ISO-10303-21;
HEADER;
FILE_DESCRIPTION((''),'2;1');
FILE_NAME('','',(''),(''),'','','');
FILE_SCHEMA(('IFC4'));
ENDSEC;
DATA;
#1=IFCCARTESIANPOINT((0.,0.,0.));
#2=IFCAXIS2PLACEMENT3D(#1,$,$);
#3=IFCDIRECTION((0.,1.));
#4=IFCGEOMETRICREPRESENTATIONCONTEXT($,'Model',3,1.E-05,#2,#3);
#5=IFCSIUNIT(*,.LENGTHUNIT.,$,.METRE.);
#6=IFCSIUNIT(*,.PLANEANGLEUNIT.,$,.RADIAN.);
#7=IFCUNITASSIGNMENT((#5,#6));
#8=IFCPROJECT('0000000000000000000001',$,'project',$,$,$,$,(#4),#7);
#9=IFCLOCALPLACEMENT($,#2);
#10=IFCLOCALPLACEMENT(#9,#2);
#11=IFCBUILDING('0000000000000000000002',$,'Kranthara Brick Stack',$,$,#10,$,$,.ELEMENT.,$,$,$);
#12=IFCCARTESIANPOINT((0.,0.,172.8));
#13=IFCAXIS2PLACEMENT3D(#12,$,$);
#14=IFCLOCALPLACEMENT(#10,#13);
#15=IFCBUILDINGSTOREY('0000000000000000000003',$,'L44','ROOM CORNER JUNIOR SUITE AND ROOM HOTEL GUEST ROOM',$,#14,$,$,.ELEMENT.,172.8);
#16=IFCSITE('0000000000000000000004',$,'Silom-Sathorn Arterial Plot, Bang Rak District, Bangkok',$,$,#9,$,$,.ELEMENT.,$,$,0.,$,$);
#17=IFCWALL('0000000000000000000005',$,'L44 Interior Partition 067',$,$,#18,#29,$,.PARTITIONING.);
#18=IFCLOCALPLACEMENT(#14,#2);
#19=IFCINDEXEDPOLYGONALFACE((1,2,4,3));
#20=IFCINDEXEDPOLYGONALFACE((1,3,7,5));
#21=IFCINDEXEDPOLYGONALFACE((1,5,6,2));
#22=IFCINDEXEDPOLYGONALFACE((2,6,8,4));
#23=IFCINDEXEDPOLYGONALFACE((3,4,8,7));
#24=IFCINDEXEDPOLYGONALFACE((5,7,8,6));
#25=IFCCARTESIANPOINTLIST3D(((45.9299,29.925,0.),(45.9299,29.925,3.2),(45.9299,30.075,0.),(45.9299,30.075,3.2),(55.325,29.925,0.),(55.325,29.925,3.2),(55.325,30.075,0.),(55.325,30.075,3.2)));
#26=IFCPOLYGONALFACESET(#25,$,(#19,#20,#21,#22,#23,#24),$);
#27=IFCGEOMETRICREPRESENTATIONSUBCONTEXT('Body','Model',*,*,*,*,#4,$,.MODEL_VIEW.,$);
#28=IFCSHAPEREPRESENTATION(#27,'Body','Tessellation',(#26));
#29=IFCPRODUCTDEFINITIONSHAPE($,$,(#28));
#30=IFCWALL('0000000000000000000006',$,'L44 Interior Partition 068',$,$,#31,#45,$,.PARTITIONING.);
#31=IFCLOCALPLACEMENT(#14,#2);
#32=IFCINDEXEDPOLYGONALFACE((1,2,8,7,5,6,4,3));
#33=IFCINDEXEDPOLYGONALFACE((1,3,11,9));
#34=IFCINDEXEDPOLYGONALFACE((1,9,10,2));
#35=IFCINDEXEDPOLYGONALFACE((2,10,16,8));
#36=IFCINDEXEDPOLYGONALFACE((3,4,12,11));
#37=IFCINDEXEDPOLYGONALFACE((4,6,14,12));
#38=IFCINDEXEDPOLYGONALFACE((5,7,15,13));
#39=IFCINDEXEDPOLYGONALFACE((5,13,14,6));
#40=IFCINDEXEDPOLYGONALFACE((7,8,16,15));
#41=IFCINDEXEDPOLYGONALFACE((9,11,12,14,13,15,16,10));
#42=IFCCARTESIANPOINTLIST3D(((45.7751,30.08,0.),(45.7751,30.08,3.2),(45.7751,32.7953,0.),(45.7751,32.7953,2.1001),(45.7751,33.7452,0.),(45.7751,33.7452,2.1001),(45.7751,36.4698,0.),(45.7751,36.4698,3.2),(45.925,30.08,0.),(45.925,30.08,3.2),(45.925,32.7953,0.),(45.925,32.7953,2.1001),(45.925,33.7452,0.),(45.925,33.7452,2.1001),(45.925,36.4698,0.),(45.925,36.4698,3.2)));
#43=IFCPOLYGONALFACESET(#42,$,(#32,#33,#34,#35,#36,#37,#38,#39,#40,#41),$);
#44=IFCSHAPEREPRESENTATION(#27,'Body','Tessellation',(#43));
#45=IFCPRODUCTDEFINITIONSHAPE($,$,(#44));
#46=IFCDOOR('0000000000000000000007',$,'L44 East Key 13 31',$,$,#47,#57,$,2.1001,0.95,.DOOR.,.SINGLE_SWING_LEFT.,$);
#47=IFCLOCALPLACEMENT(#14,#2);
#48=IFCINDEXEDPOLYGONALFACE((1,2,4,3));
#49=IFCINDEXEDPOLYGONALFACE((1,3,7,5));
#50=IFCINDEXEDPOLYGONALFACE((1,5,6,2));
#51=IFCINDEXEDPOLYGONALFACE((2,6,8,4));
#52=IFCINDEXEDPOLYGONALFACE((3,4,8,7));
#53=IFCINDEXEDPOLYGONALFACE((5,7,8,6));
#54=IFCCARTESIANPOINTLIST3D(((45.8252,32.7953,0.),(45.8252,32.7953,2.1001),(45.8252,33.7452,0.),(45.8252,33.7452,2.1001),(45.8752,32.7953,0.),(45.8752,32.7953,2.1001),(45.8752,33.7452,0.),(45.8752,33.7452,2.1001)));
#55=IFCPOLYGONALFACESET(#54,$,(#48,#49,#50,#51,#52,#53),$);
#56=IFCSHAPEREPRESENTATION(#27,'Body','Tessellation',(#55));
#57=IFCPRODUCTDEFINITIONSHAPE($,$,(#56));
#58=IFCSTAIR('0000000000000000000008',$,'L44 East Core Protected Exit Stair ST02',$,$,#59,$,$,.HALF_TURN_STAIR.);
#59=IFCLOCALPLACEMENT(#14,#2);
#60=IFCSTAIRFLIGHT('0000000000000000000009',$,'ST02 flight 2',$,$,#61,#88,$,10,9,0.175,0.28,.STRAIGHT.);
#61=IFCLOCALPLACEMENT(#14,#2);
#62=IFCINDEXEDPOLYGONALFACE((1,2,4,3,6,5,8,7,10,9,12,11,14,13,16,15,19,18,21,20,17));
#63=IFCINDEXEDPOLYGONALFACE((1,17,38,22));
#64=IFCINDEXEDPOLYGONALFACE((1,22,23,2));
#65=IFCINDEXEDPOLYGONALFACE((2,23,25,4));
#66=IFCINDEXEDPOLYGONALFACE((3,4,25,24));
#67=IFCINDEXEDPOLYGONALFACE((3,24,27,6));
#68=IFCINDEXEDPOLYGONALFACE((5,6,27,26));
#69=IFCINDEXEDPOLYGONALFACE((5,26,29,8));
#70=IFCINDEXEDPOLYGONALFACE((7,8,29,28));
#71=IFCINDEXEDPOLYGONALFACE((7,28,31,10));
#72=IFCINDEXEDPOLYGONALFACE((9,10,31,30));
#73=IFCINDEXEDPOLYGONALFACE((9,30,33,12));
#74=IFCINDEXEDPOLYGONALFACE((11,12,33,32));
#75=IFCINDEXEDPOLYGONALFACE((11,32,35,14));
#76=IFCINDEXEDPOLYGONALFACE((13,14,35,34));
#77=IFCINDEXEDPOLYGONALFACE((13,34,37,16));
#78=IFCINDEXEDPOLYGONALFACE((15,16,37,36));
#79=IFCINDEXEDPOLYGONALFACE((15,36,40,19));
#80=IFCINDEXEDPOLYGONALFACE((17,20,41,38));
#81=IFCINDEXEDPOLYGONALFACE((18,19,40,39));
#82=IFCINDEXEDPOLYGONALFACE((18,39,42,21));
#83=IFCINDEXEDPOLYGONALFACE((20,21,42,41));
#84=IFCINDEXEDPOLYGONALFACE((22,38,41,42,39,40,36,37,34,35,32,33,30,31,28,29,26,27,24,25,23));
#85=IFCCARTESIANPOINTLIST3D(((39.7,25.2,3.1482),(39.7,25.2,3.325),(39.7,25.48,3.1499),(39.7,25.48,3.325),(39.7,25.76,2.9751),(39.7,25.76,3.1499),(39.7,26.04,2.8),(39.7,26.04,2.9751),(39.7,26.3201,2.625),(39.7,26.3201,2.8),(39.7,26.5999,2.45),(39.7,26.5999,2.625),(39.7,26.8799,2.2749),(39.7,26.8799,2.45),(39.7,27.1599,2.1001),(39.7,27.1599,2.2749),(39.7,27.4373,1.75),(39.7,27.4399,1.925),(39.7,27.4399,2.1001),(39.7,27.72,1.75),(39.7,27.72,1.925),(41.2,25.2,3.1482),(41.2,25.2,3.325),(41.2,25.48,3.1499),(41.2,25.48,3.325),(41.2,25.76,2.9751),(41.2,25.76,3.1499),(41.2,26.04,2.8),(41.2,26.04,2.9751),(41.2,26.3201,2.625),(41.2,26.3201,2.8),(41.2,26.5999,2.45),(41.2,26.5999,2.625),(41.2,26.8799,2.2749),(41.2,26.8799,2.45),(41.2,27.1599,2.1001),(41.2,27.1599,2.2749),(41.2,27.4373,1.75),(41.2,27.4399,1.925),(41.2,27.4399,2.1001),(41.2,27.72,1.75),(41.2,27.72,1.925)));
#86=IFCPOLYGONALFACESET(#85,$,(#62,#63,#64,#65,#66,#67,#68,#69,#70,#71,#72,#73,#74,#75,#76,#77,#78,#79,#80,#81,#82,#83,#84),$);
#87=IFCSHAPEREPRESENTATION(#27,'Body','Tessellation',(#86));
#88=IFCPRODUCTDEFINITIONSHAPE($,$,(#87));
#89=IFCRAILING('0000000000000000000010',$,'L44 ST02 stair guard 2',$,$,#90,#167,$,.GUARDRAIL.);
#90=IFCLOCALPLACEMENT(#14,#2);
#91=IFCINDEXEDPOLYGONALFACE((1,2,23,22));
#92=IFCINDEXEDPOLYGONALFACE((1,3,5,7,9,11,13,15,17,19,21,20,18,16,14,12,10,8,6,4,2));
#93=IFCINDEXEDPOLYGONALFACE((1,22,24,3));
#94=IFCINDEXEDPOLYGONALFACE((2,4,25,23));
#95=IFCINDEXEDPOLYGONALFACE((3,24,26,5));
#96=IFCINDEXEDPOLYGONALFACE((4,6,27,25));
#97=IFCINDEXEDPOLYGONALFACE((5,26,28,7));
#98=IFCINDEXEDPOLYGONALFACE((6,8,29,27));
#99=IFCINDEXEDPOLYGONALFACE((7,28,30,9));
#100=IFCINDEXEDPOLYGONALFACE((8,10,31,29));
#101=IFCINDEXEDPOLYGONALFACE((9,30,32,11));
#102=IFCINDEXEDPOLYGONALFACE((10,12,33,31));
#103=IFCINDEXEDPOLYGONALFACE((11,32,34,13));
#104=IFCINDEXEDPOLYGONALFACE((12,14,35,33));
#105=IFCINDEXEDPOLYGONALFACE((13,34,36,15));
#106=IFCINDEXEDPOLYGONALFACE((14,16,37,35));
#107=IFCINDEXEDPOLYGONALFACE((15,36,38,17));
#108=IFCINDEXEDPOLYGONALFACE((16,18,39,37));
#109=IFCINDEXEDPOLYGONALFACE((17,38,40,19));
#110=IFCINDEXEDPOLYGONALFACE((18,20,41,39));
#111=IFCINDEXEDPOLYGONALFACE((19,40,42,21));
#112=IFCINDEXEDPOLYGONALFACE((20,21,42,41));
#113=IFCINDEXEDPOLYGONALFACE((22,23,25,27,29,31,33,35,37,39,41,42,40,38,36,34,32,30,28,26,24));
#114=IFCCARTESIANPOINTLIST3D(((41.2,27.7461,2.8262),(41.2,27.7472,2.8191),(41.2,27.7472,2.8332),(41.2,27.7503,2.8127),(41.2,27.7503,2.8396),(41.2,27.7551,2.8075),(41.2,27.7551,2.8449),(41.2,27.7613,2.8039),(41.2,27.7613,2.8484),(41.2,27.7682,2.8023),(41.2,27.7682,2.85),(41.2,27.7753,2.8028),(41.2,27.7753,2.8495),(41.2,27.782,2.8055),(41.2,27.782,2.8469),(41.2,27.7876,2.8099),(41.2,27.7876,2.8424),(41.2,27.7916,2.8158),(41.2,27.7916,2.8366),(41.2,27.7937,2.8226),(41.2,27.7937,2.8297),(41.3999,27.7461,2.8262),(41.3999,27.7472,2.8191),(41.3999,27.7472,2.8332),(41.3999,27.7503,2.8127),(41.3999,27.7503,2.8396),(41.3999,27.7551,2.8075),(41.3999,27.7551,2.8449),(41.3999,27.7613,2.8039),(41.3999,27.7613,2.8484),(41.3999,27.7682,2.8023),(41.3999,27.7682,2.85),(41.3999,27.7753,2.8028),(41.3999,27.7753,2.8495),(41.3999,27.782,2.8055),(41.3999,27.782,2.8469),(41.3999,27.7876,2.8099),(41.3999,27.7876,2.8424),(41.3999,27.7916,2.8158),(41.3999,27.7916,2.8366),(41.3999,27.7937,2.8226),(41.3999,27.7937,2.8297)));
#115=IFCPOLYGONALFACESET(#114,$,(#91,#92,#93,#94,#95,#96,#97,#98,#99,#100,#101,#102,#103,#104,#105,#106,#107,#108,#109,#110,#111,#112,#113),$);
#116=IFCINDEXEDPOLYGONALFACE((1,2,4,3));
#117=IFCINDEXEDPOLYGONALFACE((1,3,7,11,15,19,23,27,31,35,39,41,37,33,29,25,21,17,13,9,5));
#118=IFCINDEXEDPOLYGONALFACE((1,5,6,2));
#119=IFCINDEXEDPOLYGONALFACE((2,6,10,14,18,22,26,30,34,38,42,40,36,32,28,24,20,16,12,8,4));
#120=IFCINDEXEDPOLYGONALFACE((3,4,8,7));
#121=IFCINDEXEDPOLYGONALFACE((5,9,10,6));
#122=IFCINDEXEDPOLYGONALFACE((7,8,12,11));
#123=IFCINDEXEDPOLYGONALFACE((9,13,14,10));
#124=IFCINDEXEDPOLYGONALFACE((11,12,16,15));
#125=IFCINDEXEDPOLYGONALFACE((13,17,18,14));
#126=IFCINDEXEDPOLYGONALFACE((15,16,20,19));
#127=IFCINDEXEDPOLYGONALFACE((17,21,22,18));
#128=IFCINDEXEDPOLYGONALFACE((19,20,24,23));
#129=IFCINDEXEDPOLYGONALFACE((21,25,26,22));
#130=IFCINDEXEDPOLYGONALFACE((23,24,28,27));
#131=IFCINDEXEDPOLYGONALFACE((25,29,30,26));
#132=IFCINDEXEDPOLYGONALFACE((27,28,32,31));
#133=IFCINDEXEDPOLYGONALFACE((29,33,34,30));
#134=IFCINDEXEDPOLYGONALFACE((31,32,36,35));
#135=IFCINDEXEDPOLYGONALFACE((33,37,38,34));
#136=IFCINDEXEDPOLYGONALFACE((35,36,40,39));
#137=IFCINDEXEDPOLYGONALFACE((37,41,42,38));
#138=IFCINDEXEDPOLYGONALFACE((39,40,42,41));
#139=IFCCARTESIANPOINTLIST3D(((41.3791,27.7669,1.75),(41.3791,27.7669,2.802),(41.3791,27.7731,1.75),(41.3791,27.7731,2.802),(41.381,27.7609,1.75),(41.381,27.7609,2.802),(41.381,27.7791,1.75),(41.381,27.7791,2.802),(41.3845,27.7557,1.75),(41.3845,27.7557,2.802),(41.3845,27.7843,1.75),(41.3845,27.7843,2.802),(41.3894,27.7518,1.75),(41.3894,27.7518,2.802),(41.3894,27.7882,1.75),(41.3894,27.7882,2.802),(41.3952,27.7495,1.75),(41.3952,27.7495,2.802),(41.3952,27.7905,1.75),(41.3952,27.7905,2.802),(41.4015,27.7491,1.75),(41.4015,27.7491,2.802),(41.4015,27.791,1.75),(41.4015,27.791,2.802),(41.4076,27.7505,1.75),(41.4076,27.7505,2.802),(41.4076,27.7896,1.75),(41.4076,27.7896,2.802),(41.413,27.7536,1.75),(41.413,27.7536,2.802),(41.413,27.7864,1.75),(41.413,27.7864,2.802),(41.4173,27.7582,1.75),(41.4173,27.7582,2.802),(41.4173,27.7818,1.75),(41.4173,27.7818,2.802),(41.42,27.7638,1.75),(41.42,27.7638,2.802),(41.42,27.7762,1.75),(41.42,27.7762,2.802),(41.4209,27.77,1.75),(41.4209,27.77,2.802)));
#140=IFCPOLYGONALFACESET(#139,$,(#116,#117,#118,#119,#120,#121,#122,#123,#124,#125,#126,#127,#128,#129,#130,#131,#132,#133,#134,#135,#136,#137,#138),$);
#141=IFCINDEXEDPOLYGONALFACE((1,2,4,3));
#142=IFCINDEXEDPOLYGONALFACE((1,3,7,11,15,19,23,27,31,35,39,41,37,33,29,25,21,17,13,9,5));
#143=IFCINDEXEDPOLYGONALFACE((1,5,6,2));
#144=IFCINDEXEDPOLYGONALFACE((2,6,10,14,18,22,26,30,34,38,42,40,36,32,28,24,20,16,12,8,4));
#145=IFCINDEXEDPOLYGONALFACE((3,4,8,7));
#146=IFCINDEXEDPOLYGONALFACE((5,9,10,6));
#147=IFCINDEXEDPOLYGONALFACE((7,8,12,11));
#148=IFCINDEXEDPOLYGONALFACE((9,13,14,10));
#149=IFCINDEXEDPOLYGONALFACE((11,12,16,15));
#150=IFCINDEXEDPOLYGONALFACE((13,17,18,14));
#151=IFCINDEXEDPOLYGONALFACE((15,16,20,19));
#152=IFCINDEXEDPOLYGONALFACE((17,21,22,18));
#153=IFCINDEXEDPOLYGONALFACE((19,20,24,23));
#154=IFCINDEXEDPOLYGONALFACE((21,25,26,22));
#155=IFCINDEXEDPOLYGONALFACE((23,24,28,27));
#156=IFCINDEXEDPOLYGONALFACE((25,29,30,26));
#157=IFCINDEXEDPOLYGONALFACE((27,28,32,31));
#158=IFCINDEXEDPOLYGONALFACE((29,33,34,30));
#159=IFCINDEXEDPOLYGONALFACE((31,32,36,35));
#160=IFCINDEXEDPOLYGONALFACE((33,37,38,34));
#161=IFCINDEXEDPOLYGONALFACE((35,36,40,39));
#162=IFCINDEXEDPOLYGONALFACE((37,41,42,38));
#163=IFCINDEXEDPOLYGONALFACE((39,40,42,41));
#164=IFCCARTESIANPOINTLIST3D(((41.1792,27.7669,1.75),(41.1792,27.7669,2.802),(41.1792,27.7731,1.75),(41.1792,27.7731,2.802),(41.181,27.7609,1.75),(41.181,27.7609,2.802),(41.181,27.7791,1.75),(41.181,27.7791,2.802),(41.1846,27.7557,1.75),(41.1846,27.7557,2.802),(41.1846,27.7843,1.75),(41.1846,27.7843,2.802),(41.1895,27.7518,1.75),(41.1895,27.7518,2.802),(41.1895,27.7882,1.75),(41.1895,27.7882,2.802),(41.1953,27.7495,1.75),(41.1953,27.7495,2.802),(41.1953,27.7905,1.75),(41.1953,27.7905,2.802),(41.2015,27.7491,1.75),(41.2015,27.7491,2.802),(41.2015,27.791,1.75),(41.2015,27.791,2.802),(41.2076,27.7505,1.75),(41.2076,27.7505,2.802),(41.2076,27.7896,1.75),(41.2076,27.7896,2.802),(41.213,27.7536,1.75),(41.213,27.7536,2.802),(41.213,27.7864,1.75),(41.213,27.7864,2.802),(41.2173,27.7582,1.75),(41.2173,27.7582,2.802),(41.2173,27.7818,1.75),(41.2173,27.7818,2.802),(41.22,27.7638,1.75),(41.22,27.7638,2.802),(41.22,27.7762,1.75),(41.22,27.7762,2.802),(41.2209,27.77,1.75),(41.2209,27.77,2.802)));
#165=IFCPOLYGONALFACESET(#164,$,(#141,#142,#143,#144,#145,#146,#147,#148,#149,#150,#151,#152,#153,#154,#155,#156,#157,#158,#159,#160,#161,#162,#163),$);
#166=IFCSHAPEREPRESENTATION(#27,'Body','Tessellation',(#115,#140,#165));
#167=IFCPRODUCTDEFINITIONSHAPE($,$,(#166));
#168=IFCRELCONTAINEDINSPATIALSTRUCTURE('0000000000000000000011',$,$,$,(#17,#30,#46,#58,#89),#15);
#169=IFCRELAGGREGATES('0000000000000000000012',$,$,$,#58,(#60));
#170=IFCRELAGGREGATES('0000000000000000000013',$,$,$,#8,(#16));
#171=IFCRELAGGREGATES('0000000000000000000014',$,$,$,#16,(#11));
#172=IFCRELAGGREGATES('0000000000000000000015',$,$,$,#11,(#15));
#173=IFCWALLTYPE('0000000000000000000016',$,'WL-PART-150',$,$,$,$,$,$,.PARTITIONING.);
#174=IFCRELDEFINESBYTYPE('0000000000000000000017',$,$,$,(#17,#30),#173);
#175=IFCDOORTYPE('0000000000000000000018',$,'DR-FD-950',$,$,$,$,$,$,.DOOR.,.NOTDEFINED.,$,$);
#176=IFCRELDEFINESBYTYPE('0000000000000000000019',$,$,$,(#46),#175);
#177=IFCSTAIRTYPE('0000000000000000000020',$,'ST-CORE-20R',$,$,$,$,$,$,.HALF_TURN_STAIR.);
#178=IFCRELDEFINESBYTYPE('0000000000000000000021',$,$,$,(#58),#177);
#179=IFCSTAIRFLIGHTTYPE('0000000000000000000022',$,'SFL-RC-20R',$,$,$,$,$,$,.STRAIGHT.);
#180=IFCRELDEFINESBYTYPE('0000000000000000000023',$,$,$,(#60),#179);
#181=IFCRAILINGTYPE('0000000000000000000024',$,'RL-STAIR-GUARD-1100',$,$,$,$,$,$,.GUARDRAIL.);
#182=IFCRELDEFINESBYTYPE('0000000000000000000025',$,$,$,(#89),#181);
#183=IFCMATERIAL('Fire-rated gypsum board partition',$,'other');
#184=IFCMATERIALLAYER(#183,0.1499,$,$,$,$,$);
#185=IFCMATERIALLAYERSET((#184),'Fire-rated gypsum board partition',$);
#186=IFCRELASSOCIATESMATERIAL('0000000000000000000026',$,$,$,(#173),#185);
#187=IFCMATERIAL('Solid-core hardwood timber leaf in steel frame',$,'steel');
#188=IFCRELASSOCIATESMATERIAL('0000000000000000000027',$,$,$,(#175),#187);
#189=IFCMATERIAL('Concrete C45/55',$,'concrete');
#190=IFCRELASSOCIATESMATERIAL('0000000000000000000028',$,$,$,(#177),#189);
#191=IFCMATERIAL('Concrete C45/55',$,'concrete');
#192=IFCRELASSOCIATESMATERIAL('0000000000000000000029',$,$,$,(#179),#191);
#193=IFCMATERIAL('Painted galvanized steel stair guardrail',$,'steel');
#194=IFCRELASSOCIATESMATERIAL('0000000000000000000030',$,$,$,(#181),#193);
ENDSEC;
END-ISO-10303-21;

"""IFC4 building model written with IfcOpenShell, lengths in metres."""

from ifc_helpers import new_model, si_unit, direction, frame, frame_2d, origin, origin_2d, place, context, subcontext, project, spatial, polyline, rectangle, circle, outline, extrude, material, layer, layer_set, type_object, element, fill, aggregate, save


model = new_model("IFC4")

# Units and contexts
model_context = context("Model", 3, precision=1e-05, world=origin(), true_north=direction((0.0, 1.0)))
body_context = subcontext(model_context, "Body", "Model", "MODEL_VIEW")
ifc_project = project(units=[si_unit("LENGTHUNIT", "METRE"), si_unit("PLANEANGLEUNIT", "RADIAN")], contexts=[model_context])

# Site, building, storey
site_placement = place(None, origin())
site = spatial("IfcSite", under=ifc_project, at=site_placement, Name="Silom-Sathorn Arterial Plot, Bang Rak District, Bangkok", CompositionType="ELEMENT", RefElevation=0.0)
building_placement = place(site_placement, origin())
building = spatial("IfcBuilding", under=site, at=building_placement, Name="Kranthara Brick Stack", CompositionType="ELEMENT")
storey_placement = place(building_placement, frame((0.0, 0.0, 172.8)))
storey = spatial("IfcBuildingStorey", under=building, at=storey_placement, Name="L44", Description="ROOM CORNER JUNIOR SUITE AND ROOM HOTEL GUEST ROOM", CompositionType="ELEMENT", Elevation=172.8)

# Wall
ifc_material_1 = material(Name="Fire-rated gypsum board partition", Category="other")
ifc_layer_1 = layer(ifc_material_1, 0.1499)
ifc_layer_set_1 = layer_set([ifc_layer_1], Name="Fire-rated gypsum board partition")
wall_type_1 = type_object("IfcWallType", Name="WL-PART-150", PredefinedType="PARTITIONING", material=ifc_layer_set_1)
wall_1_placement = place(storey_placement, frame((45.9299, 30.0, 0.0), z_axis=(0.0, 0.0, 1.0), x_axis=(1.0, 0.0, 0.0)))
element("IfcWall", 1, at=wall_1_placement, inside=storey, type_object=wall_type_1, Name="L44 Interior Partition 067", PredefinedType="PARTITIONING", context=body_context, shape_type="SweptSolid", body=[
    extrude(rectangle(XDim=9.395, YDim=0.1499, at=frame_2d((4.6975, 0.0))), origin(), (0.0, 0.0, 1.0), 3.2),
])

# Wall, opening, door
wall_2_placement = place(storey_placement, frame((45.8501, 30.0801, 0.0), z_axis=(0.0, 0.0, 1.0), x_axis=(0.0, 1.0, 0.0)))
wall_2 = element("IfcWall", 2, at=wall_2_placement, inside=storey, type_object=wall_type_1, Name="L44 Interior Partition 068", PredefinedType="PARTITIONING", context=body_context, shape_type="SweptSolid", body=[
    extrude(rectangle(XDim=6.3899, YDim=0.1499, at=frame_2d((3.1948, 0.0))), origin(), (0.0, 0.0, 1.0), 3.2),
])
opening_1_placement = place(wall_2_placement, frame((2.7151, 0.0, 0.0)))
opening_1 = element("IfcOpeningElement", 3, at=opening_1_placement, cuts=wall_2, PredefinedType="OPENING", context=body_context, shape_type="SweptSolid", body=[
    extrude(rectangle(XDim=0.95, YDim=2.1001, at=frame_2d((0.4751, 1.05))), frame((0.0, 0.085, 0.0), z_axis=(0.0, -1.0, 0.0), x_axis=(1.0, 0.0, 0.0)), (0.0, 0.0, 1.0), 0.1699),
])
ifc_material_2 = material(Name="Solid-core hardwood timber leaf in steel frame", Category="steel")
door_type_1 = type_object("IfcDoorType", Name="DR-FD-950", OperationType="NOTDEFINED", PredefinedType="DOOR", material=ifc_material_2)
door_1_placement = place(opening_1_placement, origin())
door_1 = element("IfcDoor", 4, at=door_1_placement, inside=storey, type_object=door_type_1, Name="L44 East Key 13 31", OperationType="SINGLE_SWING_LEFT", OverallHeight=2.1001, OverallWidth=0.95, PredefinedType="DOOR", context=body_context, shape_type="SweptSolid", body=[
    extrude(rectangle(XDim=0.95, YDim=2.1001, at=frame_2d((0.4751, 1.05))), frame((0.0, 0.0249, 0.0), z_axis=(0.0, -1.0, 0.0), x_axis=(1.0, 0.0, 0.0)), (0.0, 0.0, 1.0), 0.05),
])
fill(opening_1, door_1)

# Stair, stair flight
ifc_material_3 = material(Name="Concrete C45/55", Category="concrete")
stair_type = type_object("IfcStairType", Name="ST-CORE-20R", PredefinedType="HALF_TURN_STAIR", material=ifc_material_3)
stair_placement = place(storey_placement, origin())
stair = element("IfcStair", 5, at=stair_placement, inside=storey, type_object=stair_type, Name="L44 East Core Protected Exit Stair ST02", PredefinedType="HALF_TURN_STAIR")
ifc_material_4 = material(Name="Concrete C45/55", Category="concrete")
stair_flight_type = type_object("IfcStairFlightType", Name="SFL-RC-20R", PredefinedType="STRAIGHT", material=ifc_material_4)
stair_flight_placement = place(storey_placement, frame((40.45, 27.72, 1.75), z_axis=(0.0, 0.0, 1.0), x_axis=(0.0, -1.0, 0.0)))
stair_flight = element("IfcStairFlight", 6, at=stair_flight_placement, type_object=stair_flight_type, Name="ST02 flight 2", NumberOfRisers=10, NumberOfTreads=9, PredefinedType="STRAIGHT", RiserHeight=0.175, TreadLength=0.28, context=body_context, shape_type="SweptSolid", body=[
    extrude(outline(polyline([(0.0, 0.0), (0.0, 0.175), (0.28, 0.175), (0.28, 0.3501), (0.5601, 0.3501), (0.5601, 0.5249), (0.8401, 0.5249), (0.8401, 0.7), (1.1201, 0.7), (1.1201, 0.875), (1.3999, 0.875), (1.3999, 1.05), (1.6799, 1.05), (1.6799, 1.2251), (1.96, 1.2251), (1.96, 1.3999), (2.24, 1.3999), (2.24, 1.575), (2.52, 1.575), (2.52, 1.75), (2.52, 1.3982), (0.2827, 0.0), (0.0, 0.0)])), frame((0.0, 0.75, 0.0), z_axis=(0.0, -1.0, 0.0), x_axis=(1.0, 0.0, 0.0)), (0.0, 0.0, 1.0), 1.5),
])
aggregate(stair, [stair_flight])

# Railing
ifc_material_5 = material(Name="Painted galvanized steel stair guardrail", Category="steel")
railing_type_1 = type_object("IfcRailingType", Name="RL-STAIR-GUARD-1100", PredefinedType="GUARDRAIL", material=ifc_material_5)
railing_1_placement = place(storey_placement, frame((41.3999, 27.77, 1.75)))
element("IfcRailing", 7, at=railing_1_placement, inside=storey, type_object=railing_type_1, Name="L44 ST02 stair guard 2", PredefinedType="GUARDRAIL", context=body_context, shape_type="SweptSolid", body=[
    extrude(circle(Radius=0.0239, at=origin_2d()), frame((0.0, 0.0, 1.0762), z_axis=(-1.0, 0.0, 0.0), x_axis=(0.0, -1.0, 0.0)), (0.0, 0.0, 1.0), 0.2),
    extrude(circle(Radius=0.021, at=origin_2d()), origin(), (0.0, 0.0, 1.0), 1.052),
    extrude(circle(Radius=0.021, at=origin_2d()), frame((-0.2, 0.0, 0.0)), (0.0, 0.0, 1.0), 1.052),
])

save(model, "model.ifc")
